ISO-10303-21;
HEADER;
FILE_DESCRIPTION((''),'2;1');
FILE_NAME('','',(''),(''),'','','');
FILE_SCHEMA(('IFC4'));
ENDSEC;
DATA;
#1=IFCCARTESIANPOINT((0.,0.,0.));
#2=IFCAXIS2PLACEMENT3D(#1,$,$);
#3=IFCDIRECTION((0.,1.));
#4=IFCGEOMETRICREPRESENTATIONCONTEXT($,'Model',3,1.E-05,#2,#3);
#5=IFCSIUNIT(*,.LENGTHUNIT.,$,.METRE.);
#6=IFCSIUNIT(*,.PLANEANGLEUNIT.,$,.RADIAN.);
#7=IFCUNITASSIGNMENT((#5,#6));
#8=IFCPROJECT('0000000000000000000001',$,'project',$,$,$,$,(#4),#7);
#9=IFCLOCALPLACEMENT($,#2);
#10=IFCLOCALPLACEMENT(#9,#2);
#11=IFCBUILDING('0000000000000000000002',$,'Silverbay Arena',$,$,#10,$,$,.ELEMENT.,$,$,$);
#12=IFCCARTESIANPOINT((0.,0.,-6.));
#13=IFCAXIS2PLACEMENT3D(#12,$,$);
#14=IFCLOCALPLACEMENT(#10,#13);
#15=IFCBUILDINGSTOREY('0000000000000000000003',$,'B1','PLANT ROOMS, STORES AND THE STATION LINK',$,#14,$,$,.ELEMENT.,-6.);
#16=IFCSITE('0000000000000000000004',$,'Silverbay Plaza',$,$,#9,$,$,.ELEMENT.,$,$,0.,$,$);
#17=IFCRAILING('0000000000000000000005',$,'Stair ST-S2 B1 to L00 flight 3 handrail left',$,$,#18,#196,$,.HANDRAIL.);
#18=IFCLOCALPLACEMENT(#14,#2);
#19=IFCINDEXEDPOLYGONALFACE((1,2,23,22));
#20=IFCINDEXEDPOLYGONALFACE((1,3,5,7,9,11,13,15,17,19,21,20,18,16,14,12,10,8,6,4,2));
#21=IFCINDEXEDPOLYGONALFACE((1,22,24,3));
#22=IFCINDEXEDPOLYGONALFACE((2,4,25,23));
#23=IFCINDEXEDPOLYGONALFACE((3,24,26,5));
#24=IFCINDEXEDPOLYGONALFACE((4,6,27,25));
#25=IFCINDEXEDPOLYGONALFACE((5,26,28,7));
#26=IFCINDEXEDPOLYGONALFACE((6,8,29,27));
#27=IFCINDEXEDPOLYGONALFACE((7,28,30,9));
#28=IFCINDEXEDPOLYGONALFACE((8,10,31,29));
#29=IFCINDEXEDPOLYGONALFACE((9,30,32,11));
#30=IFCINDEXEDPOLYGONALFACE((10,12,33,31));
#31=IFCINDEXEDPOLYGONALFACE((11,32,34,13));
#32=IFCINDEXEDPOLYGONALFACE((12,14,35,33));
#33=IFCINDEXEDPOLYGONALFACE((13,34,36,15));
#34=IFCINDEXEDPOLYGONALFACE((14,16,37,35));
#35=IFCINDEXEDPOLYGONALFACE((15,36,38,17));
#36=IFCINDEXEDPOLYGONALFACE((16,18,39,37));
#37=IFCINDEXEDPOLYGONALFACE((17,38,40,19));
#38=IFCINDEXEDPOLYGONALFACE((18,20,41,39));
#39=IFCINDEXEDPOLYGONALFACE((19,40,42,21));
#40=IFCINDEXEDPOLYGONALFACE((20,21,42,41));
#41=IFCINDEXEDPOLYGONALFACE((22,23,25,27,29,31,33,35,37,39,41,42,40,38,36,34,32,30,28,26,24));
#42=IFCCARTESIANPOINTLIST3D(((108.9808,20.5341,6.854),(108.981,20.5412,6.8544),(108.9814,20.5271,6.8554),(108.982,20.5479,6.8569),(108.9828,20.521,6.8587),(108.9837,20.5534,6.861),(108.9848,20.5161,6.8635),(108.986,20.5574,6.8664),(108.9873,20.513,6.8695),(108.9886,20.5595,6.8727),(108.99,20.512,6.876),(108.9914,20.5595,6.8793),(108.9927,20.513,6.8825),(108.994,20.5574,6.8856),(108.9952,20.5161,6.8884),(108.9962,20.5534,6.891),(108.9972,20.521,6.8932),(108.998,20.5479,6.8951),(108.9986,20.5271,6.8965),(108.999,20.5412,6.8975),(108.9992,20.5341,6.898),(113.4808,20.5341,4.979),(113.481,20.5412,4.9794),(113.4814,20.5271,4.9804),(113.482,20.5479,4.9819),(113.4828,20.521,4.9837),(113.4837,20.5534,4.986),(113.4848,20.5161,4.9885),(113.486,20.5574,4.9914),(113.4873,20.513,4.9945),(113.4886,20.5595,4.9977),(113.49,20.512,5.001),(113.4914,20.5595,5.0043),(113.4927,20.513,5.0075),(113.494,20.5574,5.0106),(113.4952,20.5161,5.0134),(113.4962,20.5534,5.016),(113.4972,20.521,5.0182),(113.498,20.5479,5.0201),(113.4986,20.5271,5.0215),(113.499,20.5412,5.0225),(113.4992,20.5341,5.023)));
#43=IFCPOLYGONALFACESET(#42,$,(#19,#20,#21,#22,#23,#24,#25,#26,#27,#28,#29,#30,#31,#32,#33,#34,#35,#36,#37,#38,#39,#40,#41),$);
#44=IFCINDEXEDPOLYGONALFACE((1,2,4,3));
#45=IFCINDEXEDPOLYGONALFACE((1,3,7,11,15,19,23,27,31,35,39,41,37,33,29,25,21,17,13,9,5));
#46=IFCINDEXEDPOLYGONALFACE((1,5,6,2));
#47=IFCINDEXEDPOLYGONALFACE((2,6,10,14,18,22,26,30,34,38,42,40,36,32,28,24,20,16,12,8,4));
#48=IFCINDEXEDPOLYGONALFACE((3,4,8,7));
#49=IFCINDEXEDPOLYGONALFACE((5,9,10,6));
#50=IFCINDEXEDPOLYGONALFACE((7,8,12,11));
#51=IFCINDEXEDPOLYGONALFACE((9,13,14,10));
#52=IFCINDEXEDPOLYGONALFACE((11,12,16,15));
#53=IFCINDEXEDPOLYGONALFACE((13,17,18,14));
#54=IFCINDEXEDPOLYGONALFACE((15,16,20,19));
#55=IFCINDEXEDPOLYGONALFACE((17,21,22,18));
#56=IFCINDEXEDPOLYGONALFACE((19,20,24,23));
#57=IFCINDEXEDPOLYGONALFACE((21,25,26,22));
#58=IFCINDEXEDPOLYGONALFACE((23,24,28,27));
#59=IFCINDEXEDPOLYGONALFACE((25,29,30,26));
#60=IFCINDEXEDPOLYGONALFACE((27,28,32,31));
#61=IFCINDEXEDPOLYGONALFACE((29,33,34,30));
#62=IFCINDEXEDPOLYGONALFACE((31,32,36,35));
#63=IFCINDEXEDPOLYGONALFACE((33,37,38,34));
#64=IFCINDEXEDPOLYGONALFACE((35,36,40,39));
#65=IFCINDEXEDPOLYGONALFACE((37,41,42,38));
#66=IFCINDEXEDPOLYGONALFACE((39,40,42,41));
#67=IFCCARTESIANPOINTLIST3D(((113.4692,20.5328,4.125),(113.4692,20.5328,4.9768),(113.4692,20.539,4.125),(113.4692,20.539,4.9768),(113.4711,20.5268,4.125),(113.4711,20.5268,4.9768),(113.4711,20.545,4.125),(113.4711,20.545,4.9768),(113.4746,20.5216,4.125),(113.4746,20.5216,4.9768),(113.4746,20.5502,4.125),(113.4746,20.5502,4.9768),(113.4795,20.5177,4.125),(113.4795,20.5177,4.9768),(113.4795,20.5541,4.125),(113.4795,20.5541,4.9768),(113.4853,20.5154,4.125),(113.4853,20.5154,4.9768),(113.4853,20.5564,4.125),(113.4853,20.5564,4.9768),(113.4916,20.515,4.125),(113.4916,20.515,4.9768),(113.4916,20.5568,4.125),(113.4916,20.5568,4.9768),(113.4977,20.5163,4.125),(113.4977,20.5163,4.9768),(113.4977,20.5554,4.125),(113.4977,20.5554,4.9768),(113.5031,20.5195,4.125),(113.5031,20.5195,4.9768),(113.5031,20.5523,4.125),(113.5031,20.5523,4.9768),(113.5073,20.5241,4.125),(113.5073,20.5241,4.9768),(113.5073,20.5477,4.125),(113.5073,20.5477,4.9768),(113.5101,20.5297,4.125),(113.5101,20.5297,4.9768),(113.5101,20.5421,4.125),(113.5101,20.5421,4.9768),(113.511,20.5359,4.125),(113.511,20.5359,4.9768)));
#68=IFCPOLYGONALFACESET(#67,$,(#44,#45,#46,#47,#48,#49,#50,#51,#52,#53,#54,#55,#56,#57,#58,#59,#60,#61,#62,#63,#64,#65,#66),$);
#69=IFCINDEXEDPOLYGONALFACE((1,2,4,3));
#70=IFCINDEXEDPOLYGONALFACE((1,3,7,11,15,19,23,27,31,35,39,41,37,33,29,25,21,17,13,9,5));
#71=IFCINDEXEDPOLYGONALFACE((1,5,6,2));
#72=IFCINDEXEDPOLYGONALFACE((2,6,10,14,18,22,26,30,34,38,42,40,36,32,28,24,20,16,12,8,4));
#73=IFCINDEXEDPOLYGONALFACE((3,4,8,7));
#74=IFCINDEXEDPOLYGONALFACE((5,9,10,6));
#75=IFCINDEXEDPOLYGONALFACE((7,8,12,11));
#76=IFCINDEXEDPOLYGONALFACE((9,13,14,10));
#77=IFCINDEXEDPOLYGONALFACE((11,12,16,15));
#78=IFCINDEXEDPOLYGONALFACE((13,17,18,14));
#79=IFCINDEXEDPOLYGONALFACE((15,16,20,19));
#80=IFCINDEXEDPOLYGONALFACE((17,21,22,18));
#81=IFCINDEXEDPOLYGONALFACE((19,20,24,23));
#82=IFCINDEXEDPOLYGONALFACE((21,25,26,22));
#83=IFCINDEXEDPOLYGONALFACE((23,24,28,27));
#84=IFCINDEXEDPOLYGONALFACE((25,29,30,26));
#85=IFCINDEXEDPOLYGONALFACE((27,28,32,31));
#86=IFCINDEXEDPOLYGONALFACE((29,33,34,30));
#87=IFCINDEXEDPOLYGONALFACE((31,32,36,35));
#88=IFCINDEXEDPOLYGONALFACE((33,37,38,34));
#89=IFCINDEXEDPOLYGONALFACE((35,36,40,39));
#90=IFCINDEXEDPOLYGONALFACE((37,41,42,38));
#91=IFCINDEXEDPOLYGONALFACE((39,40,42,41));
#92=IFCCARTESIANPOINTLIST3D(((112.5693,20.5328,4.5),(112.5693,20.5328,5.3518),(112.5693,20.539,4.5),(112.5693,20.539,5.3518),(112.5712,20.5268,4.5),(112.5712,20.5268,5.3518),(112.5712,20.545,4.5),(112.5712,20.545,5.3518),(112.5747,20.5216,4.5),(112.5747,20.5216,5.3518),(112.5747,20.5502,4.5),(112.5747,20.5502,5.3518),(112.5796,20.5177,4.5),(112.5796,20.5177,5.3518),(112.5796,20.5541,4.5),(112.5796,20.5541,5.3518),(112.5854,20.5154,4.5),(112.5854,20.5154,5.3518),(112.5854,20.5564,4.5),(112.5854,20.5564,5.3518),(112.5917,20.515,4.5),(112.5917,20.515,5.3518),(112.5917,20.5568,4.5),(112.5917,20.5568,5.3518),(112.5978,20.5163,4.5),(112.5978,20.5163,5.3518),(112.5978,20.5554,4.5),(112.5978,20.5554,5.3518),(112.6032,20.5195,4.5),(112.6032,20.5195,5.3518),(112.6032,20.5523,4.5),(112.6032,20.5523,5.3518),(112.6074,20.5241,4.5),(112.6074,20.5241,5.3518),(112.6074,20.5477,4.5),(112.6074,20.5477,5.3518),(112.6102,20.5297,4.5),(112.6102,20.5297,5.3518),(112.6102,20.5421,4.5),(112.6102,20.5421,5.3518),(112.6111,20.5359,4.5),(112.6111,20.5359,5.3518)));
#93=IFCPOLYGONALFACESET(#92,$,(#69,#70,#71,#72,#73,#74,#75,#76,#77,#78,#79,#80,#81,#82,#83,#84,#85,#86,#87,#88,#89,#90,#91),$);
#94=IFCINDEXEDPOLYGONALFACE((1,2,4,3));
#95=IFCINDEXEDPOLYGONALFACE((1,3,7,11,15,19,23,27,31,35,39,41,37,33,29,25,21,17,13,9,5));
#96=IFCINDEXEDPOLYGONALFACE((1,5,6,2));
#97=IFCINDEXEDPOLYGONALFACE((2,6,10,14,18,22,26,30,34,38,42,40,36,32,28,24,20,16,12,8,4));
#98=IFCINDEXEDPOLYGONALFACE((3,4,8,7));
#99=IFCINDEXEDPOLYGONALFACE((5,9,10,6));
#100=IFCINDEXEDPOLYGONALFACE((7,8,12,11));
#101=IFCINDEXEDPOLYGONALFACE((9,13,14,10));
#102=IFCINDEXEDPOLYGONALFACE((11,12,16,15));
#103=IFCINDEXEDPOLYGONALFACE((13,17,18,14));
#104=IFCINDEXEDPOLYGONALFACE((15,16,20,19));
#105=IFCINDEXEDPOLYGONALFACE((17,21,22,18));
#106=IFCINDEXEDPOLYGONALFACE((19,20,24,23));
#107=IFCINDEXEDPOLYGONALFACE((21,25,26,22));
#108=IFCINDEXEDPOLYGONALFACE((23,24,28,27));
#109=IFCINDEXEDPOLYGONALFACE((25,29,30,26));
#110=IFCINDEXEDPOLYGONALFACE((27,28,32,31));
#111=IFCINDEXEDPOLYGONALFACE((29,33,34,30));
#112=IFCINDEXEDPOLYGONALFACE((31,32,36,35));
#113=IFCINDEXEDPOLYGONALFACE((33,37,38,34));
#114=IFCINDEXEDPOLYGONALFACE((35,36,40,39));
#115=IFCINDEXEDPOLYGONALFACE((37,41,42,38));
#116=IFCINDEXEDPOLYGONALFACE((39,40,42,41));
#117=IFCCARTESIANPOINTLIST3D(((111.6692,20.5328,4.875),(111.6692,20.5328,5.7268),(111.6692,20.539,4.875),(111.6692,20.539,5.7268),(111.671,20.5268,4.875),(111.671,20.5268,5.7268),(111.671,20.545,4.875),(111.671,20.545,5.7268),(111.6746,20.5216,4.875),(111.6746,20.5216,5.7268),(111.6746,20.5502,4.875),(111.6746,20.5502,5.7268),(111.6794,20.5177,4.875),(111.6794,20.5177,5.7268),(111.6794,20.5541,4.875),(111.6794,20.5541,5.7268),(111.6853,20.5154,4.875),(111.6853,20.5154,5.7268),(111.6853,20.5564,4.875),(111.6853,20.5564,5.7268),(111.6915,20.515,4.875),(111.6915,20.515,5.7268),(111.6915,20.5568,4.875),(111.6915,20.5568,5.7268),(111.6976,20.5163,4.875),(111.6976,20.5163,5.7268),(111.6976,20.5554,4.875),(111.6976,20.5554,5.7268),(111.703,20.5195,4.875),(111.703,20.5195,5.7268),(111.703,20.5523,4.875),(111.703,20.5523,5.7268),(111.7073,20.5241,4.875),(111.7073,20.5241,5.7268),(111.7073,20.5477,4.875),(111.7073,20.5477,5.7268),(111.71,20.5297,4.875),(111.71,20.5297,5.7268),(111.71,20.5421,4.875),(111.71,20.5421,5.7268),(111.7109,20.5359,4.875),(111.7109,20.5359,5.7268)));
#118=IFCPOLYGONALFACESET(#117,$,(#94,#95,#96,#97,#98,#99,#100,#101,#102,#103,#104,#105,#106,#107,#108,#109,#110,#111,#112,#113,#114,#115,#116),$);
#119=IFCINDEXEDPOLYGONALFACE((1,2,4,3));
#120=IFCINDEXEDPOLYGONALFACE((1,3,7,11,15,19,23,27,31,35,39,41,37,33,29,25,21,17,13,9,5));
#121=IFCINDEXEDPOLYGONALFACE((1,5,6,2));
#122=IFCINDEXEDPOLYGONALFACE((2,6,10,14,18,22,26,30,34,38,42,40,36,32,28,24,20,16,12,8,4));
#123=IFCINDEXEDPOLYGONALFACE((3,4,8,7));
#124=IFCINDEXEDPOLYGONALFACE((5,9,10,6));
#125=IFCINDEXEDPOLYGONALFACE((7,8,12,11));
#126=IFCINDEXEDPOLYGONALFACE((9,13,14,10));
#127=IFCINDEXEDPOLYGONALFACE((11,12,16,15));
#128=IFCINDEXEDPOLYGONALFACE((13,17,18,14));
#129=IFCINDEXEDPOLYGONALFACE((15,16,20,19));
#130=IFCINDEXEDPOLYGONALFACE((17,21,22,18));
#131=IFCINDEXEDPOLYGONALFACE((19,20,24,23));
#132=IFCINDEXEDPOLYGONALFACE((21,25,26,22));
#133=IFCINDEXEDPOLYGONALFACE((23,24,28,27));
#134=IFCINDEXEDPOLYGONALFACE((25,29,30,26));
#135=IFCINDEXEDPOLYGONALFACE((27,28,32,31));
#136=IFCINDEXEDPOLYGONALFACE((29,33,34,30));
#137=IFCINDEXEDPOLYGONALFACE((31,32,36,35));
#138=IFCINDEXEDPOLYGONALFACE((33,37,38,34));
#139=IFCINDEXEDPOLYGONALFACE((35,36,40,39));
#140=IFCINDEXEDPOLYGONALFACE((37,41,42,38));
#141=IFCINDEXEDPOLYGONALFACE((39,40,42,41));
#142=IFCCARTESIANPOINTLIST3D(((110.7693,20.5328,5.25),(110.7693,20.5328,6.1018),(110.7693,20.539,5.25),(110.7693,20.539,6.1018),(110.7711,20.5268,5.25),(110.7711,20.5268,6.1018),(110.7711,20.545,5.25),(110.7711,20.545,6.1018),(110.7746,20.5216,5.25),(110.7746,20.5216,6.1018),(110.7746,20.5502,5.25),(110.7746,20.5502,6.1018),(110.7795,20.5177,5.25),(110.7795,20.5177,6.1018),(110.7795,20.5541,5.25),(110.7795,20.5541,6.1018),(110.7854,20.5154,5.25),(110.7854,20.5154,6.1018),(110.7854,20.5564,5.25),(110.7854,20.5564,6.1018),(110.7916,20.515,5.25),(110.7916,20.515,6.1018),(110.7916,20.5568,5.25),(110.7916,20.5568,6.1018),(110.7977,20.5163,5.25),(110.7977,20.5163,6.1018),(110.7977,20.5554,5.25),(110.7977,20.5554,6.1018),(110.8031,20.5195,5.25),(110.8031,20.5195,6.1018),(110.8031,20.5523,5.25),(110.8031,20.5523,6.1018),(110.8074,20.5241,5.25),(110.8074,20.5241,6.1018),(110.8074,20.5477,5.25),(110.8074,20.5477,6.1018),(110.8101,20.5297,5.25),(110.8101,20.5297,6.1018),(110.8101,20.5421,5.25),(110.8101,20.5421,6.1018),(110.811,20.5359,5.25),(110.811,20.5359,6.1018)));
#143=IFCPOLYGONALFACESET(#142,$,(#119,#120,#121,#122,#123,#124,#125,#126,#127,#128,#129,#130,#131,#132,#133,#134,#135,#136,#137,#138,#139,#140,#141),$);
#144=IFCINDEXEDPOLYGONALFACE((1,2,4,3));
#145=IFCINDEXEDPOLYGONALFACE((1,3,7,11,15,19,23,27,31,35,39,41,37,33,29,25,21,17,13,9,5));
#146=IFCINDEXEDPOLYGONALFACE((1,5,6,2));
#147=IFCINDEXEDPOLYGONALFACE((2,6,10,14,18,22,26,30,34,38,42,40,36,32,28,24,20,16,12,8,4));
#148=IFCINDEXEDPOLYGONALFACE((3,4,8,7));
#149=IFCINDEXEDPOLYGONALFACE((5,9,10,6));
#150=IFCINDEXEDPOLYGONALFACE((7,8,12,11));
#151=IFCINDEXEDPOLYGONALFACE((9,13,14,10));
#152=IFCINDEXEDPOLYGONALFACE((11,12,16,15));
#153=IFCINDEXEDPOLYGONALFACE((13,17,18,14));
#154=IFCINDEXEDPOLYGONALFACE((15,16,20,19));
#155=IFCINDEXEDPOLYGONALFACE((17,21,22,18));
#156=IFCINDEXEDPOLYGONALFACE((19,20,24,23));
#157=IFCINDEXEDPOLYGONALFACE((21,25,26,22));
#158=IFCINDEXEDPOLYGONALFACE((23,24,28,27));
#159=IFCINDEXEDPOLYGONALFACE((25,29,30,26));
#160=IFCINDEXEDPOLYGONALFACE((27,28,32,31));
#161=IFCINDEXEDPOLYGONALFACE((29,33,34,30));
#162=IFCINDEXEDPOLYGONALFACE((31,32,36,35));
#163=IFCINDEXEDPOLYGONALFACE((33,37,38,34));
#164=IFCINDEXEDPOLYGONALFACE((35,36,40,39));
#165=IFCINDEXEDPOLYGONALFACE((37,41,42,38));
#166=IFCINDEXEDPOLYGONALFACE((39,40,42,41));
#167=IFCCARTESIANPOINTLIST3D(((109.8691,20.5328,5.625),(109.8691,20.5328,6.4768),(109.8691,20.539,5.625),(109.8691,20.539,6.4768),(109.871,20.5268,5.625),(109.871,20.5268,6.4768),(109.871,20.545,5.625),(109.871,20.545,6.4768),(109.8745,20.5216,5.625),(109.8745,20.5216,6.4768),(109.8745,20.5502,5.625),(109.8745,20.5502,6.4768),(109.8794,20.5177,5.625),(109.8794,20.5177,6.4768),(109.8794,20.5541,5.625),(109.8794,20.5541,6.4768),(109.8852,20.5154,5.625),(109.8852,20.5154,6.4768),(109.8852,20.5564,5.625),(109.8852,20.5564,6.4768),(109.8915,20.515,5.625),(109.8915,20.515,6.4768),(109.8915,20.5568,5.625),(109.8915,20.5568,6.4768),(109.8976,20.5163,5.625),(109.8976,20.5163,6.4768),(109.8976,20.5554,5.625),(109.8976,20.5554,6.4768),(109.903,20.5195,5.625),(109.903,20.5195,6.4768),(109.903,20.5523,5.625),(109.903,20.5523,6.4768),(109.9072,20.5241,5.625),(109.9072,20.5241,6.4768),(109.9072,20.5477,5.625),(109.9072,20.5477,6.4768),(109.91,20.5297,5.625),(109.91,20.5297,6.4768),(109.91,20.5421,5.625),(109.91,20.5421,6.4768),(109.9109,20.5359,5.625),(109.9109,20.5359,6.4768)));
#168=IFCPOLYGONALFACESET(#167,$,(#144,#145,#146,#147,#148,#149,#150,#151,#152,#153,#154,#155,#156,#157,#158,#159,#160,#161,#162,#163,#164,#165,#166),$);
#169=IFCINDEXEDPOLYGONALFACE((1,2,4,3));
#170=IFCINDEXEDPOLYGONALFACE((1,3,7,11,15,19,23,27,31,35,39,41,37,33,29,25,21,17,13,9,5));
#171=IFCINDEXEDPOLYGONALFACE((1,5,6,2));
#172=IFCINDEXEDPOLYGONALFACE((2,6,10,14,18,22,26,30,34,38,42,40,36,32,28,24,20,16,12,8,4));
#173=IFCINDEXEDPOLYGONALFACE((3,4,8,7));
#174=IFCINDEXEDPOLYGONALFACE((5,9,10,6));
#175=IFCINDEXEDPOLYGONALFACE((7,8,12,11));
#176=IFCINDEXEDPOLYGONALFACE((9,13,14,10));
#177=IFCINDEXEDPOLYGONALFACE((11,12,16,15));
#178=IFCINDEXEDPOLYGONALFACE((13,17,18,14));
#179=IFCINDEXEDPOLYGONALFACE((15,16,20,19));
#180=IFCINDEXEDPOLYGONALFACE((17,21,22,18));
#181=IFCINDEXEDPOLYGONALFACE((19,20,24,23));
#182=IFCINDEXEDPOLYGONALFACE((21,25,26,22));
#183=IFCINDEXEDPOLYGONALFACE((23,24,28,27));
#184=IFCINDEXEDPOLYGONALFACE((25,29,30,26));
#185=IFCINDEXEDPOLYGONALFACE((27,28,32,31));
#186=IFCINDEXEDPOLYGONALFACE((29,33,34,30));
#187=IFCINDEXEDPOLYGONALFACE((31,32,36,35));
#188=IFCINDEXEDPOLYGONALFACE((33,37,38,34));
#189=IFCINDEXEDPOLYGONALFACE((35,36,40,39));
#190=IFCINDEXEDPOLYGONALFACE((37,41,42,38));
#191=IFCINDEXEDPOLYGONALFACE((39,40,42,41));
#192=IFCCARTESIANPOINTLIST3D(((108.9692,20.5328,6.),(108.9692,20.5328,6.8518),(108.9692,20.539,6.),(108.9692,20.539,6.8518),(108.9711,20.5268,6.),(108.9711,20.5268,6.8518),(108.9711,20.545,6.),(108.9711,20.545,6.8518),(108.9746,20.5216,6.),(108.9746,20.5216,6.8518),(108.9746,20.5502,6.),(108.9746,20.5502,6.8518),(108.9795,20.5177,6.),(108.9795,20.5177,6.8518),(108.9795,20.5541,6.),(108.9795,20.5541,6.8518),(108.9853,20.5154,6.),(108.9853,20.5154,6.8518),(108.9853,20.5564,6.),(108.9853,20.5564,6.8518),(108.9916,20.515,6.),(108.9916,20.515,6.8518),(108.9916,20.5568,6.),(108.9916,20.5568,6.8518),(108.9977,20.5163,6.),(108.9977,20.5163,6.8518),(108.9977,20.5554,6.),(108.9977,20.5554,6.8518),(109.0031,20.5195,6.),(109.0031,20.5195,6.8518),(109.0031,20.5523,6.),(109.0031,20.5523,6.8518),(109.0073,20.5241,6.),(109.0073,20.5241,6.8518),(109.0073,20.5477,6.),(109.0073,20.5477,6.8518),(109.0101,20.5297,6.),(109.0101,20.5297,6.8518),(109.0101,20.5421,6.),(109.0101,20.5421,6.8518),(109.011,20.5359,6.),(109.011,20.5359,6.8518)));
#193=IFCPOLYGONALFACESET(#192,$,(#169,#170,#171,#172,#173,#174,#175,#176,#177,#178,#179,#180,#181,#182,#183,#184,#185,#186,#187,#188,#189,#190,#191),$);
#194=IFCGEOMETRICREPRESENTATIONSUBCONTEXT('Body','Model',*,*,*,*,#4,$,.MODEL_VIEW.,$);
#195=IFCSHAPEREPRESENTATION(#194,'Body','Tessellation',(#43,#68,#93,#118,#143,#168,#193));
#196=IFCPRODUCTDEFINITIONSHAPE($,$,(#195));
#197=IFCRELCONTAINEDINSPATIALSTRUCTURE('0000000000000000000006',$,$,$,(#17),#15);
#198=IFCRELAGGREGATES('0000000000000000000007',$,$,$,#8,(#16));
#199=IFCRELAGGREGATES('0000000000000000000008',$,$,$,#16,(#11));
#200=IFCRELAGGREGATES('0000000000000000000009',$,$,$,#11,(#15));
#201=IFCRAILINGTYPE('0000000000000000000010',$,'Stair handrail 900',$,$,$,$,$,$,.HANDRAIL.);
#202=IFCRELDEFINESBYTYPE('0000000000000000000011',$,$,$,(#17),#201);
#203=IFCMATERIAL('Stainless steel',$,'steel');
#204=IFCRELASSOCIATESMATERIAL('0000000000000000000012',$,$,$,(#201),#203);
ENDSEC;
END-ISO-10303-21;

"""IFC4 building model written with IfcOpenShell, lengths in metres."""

from ifc_helpers import new_model, si_unit, direction, frame, origin, origin_2d, place, context, subcontext, project, spatial, circle, extrude, material, type_object, element, save


model = new_model("IFC4")

# Units and contexts
model_context = context("Model", 3, precision=1e-05, world=origin(), true_north=direction((0.0, 1.0)))
body_context = subcontext(model_context, "Body", "Model", "MODEL_VIEW")
ifc_project = project(units=[si_unit("LENGTHUNIT", "METRE"), si_unit("PLANEANGLEUNIT", "RADIAN")], contexts=[model_context])

# Site, building, storey
site_placement = place(None, origin())
site = spatial("IfcSite", under=ifc_project, at=site_placement, Name="Silverbay Plaza", CompositionType="ELEMENT", RefElevation=0.0)
building_placement = place(site_placement, origin())
building = spatial("IfcBuilding", under=site, at=building_placement, Name="Silverbay Arena", CompositionType="ELEMENT")
storey_placement = place(building_placement, frame((0.0, 0.0, -6.0)))
storey = spatial("IfcBuildingStorey", under=building, at=storey_placement, Name="B1", Description="PLANT ROOMS, STORES AND THE STATION LINK", CompositionType="ELEMENT", Elevation=-6.0)

# Railing
ifc_material_1 = material(Name="Stainless steel", Category="steel")
railing_type_1 = type_object("IfcRailingType", Name="Stair handrail 900", PredefinedType="HANDRAIL", material=ifc_material_1)
for number, where, name in (
    (1, (113.49, 20.5359, 4.125), "Stair ST-S2 B1 to L00 flight 3 handrail left"),
):
    element("IfcRailing", number, at=place(storey_placement, frame(where)), inside=storey, type_object=railing_type_1, Name=name, PredefinedType="HANDRAIL", context=body_context, shape_type="SweptSolid", body=[
        extrude(circle(Radius=0.0239, at=origin_2d()), frame((0.0, 0.0, 0.876), z_axis=(-0.923077, 0.0, 0.384615), x_axis=(0.0, -1.0, 0.0)), (0.0, 0.0, 1.0), 4.875),
        extrude(circle(Radius=0.021, at=origin_2d()), origin(), (0.0, 0.0, 1.0), 0.8518),
        extrude(circle(Radius=0.021, at=origin_2d()), frame((-0.8999, 0.0, 0.375)), (0.0, 0.0, 1.0), 0.8518),
        extrude(circle(Radius=0.021, at=origin_2d()), frame((-1.8, 0.0, 0.75)), (0.0, 0.0, 1.0), 0.8518),
        extrude(circle(Radius=0.021, at=origin_2d()), frame((-2.7, 0.0, 1.125)), (0.0, 0.0, 1.0), 0.8518),
        extrude(circle(Radius=0.021, at=origin_2d()), frame((-3.6001, 0.0, 1.5)), (0.0, 0.0, 1.0), 0.8518),
        extrude(circle(Radius=0.021, at=origin_2d()), frame((-4.5, 0.0, 1.875)), (0.0, 0.0, 1.0), 0.8518),
    ])

save(model, "model.ifc")
